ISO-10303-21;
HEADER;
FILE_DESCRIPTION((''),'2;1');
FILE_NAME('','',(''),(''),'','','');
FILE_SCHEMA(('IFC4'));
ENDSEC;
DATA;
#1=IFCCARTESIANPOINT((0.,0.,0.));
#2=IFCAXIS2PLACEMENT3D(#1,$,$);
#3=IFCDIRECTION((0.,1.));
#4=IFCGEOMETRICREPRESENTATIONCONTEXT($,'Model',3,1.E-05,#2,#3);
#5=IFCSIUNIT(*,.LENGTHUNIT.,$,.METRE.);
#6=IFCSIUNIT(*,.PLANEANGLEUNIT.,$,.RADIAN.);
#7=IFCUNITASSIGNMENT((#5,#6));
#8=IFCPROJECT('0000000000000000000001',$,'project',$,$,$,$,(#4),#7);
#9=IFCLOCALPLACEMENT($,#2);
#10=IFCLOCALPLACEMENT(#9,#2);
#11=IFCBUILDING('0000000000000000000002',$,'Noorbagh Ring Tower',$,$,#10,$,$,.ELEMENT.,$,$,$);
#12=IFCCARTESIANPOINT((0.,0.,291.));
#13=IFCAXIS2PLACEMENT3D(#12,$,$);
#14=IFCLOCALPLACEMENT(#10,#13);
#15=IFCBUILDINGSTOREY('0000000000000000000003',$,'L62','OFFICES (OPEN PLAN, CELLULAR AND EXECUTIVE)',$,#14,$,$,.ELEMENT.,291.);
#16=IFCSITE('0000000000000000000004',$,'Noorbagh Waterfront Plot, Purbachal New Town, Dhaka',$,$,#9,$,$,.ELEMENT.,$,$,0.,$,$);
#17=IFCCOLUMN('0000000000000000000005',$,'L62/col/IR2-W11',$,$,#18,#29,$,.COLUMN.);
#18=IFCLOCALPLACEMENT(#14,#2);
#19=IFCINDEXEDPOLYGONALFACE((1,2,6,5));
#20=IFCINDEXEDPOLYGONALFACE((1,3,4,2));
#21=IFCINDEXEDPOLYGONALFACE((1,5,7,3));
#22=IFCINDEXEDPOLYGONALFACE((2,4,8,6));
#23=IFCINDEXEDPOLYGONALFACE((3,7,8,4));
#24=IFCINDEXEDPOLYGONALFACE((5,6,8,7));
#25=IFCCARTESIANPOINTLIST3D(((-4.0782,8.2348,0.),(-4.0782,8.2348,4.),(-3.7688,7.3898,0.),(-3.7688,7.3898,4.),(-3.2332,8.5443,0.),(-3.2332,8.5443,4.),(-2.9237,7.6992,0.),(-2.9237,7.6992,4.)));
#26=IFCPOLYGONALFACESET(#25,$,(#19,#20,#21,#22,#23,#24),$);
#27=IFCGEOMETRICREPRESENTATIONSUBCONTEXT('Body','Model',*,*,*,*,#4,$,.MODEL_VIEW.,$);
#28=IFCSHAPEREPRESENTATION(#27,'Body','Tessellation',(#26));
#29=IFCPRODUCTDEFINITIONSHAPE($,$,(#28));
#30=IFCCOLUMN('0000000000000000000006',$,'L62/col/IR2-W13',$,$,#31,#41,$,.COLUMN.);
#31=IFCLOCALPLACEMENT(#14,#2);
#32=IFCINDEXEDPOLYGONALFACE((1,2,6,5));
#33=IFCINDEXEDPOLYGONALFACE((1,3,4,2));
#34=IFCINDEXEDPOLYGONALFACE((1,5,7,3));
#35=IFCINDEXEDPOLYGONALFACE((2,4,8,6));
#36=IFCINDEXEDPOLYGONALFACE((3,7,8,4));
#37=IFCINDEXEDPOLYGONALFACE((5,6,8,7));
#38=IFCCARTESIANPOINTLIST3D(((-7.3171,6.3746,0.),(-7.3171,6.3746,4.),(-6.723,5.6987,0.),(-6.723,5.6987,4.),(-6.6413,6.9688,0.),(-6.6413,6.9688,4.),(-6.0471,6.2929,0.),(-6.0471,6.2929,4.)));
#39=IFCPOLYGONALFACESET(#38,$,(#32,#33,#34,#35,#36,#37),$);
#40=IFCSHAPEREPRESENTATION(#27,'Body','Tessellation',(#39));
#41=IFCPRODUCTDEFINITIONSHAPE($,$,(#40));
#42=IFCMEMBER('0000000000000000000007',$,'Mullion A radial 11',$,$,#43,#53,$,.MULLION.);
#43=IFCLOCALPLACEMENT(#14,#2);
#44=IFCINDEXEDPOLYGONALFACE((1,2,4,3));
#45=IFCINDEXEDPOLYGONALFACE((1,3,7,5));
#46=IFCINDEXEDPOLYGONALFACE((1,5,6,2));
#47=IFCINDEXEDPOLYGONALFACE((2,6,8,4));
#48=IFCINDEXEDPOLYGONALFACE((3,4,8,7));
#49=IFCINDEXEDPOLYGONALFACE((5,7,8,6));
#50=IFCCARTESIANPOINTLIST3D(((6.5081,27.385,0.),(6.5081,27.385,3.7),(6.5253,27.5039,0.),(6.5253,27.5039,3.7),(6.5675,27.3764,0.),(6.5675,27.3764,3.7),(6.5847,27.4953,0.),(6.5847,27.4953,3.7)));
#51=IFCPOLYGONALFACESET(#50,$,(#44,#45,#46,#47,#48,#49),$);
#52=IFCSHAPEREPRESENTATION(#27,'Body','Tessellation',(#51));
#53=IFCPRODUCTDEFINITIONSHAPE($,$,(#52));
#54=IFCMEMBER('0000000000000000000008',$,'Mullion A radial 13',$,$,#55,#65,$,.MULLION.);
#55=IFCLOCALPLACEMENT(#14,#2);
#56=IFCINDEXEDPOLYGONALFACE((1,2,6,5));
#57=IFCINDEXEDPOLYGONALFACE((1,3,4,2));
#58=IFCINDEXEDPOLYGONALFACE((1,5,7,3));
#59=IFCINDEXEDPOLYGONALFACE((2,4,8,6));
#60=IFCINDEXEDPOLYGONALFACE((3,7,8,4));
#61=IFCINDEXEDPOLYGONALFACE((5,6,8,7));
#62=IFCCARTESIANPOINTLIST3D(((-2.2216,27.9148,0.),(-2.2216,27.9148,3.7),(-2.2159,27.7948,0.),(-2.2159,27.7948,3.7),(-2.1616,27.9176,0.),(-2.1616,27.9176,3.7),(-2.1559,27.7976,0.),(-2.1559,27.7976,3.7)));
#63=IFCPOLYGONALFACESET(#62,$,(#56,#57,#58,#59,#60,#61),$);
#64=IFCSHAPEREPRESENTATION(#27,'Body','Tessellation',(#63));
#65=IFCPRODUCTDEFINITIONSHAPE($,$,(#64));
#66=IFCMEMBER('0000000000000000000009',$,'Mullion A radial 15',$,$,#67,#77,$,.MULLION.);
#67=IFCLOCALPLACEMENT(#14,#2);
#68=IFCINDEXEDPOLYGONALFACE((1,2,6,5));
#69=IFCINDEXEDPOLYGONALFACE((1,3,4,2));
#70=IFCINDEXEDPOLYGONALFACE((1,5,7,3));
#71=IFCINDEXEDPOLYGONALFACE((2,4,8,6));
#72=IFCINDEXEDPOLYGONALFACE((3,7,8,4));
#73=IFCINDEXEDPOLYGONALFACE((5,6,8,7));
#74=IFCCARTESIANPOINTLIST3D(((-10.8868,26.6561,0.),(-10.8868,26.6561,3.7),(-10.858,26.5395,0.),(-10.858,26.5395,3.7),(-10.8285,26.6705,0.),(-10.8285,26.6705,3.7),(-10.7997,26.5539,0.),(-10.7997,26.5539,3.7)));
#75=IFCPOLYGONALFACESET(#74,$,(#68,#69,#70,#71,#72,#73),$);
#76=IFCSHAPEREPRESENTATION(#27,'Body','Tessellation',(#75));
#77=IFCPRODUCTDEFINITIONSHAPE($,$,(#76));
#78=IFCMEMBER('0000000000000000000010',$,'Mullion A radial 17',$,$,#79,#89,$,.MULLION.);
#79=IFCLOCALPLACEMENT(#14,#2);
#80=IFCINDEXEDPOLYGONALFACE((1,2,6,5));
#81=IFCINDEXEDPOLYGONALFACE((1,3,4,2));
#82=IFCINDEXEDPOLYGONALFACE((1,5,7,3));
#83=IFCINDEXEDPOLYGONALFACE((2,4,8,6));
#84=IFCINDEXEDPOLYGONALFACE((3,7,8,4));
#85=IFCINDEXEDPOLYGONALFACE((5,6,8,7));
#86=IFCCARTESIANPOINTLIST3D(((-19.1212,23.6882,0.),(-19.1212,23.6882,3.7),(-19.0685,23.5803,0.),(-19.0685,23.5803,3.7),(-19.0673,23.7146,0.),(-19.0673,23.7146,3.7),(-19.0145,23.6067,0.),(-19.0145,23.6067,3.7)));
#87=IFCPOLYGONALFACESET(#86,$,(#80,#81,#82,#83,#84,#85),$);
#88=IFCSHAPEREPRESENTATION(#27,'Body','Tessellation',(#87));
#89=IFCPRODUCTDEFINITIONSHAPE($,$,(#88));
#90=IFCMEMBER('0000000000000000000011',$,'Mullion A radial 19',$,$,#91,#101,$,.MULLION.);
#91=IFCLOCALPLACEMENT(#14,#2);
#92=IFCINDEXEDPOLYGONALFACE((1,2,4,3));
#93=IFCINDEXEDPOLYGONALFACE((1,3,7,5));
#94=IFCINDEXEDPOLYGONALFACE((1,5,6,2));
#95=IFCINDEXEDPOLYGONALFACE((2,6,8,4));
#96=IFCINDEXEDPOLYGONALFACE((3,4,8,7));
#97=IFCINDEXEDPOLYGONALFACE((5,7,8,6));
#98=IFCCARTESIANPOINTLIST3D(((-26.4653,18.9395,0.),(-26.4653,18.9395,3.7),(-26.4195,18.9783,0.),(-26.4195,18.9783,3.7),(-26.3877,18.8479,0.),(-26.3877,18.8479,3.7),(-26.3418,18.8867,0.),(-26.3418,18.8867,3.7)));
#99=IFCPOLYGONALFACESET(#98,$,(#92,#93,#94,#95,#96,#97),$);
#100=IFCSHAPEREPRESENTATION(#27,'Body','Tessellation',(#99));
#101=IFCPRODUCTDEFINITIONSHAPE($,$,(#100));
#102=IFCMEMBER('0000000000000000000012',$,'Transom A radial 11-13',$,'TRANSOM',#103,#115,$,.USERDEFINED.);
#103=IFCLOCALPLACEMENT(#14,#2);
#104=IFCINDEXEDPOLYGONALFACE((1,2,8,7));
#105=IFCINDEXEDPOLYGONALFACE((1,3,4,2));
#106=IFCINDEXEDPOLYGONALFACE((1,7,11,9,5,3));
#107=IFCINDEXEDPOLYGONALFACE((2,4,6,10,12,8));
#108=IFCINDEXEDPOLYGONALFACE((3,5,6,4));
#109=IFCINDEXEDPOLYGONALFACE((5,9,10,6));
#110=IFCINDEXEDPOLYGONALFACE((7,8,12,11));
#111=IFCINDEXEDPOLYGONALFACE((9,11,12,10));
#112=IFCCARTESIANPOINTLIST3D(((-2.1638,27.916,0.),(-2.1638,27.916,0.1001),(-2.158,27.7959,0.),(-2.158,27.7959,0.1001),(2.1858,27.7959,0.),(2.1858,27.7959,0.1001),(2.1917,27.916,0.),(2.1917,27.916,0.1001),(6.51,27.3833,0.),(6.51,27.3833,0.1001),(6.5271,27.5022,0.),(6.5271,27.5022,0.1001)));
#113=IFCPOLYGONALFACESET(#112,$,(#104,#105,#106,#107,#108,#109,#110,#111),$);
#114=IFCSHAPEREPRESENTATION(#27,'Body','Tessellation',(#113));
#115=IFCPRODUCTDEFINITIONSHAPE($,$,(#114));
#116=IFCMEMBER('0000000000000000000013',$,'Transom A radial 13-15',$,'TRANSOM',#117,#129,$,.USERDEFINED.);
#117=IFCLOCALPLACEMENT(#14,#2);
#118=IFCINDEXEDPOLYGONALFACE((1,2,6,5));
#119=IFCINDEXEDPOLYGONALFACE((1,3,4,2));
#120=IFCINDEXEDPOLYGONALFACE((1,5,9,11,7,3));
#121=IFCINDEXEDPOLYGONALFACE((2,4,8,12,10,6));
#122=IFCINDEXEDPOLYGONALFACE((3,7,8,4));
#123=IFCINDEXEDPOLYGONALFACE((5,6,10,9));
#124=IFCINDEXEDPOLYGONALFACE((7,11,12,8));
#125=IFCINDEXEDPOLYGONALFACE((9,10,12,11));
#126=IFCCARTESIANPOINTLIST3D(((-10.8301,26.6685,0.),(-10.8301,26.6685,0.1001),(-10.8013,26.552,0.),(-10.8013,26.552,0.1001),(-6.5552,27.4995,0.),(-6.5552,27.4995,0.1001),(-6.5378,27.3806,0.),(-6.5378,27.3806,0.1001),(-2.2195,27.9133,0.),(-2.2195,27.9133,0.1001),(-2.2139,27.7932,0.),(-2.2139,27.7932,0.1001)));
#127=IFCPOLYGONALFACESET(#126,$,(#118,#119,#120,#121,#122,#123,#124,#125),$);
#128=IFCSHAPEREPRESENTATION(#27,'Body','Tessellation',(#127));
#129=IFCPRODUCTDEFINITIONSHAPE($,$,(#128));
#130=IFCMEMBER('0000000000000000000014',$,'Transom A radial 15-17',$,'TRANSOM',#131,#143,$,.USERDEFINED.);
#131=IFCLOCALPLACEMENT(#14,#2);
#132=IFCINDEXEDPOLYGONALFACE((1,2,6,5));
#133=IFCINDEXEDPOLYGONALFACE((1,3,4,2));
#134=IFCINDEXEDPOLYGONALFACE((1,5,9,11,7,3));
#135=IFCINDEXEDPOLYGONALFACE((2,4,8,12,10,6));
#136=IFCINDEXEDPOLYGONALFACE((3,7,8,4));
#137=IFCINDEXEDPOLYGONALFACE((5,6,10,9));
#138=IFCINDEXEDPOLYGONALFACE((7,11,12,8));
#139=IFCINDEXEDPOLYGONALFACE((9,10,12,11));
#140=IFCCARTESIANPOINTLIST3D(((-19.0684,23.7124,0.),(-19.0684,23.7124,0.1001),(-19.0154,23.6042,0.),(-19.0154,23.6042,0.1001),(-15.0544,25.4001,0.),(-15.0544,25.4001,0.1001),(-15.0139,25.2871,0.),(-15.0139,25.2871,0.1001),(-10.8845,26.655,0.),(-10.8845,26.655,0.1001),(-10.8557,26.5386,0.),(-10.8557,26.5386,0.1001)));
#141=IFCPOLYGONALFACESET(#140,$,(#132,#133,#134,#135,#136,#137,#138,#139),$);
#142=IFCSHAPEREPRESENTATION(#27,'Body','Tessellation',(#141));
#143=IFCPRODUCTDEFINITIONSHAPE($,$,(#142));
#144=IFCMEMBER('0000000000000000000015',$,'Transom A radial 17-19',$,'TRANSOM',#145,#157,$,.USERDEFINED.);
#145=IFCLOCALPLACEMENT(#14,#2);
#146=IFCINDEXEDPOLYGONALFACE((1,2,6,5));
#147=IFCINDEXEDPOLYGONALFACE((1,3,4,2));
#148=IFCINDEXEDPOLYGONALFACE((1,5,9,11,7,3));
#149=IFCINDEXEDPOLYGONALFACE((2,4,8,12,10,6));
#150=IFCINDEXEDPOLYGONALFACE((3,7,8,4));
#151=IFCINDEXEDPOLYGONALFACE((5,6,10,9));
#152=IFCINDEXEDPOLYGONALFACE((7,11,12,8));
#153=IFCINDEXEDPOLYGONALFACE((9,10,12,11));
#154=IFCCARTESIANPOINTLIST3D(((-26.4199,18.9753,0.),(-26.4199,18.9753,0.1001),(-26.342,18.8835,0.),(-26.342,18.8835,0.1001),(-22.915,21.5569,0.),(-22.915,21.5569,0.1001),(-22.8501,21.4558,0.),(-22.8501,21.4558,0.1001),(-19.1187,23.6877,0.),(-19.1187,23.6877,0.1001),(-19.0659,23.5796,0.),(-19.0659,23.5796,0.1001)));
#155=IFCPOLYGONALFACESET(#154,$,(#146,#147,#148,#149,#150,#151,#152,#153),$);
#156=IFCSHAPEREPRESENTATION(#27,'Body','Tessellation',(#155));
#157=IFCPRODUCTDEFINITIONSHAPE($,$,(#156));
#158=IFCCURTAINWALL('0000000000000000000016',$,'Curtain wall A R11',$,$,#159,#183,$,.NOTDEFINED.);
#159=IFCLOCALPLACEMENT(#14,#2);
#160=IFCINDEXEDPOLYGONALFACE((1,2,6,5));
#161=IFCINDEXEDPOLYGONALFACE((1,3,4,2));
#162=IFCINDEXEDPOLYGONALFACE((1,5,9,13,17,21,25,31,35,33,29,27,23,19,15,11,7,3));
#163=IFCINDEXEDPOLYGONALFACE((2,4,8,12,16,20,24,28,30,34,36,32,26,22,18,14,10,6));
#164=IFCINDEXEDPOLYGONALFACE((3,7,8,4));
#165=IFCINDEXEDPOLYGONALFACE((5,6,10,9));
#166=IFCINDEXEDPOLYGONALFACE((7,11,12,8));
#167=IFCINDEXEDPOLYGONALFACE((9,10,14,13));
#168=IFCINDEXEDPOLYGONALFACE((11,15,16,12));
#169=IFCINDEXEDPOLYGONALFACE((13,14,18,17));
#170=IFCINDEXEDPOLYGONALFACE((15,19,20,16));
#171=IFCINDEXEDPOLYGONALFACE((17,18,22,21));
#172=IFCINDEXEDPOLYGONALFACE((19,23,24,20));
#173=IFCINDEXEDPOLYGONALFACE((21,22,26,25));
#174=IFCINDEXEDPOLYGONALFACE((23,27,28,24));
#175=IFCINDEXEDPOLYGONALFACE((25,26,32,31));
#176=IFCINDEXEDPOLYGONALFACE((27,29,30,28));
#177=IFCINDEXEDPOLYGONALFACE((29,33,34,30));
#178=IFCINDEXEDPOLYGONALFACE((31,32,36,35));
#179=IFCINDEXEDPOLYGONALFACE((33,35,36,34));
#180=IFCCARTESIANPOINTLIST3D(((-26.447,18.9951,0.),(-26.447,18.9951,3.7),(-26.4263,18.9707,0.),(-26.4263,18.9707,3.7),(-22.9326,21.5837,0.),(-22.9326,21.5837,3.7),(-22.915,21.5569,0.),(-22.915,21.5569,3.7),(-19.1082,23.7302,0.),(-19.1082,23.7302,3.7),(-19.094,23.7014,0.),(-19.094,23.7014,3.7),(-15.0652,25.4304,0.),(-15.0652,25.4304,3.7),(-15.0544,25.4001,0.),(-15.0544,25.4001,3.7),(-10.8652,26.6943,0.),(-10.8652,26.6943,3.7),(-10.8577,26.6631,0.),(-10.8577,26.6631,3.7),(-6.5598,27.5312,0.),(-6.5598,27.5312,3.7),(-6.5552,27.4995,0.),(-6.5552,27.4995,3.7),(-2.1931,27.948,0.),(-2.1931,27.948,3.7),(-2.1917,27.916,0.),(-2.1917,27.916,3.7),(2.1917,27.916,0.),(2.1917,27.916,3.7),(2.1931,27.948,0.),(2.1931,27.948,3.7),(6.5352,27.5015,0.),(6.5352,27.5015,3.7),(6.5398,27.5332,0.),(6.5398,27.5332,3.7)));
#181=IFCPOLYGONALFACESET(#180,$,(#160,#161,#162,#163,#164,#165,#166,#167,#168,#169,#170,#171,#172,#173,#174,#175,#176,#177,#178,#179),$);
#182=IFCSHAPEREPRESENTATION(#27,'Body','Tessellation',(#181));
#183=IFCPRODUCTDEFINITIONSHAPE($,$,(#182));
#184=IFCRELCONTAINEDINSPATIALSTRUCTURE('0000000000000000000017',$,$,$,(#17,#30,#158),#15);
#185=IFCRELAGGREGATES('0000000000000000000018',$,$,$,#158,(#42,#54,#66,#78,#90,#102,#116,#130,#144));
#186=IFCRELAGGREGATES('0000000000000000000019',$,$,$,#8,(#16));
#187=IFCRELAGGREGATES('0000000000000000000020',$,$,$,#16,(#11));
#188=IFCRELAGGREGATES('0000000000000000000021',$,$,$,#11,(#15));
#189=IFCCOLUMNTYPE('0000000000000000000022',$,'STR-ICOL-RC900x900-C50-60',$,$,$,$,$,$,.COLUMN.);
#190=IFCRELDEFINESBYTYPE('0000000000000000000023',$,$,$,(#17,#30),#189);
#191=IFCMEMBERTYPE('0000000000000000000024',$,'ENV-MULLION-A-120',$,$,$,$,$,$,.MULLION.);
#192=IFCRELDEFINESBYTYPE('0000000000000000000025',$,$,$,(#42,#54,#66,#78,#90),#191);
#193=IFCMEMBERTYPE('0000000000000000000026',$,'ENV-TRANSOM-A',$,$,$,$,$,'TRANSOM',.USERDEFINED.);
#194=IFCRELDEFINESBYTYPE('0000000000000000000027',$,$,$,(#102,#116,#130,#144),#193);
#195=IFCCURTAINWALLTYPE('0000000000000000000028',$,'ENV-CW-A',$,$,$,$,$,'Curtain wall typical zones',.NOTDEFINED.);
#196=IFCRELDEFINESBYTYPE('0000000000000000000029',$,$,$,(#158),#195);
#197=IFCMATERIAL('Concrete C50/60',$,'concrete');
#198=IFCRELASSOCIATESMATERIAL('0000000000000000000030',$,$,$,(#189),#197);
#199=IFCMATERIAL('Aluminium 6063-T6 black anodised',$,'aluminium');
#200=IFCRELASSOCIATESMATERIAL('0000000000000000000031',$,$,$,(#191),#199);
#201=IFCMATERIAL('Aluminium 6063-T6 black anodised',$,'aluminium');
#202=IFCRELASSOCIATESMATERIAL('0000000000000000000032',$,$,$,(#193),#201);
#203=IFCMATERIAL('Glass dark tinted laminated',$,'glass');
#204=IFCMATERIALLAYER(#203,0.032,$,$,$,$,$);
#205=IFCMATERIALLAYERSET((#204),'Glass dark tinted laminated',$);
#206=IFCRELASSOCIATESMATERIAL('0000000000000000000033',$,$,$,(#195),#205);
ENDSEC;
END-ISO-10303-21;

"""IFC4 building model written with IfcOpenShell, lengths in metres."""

from ifc_helpers import new_model, si_unit, direction, frame, origin, origin_2d, place, context, subcontext, project, spatial, polyline, rectangle, outline, extrude, material, layer, layer_set, material_profile, profile_set, type_object, element, aggregate, save


model = new_model("IFC4")

# Units and contexts
model_context = context("Model", 3, precision=1e-05, world=origin(), true_north=direction((0.0, 1.0)))
body_context = subcontext(model_context, "Body", "Model", "MODEL_VIEW")
ifc_project = project(units=[si_unit("LENGTHUNIT", "METRE"), si_unit("PLANEANGLEUNIT", "RADIAN")], contexts=[model_context])

# Site, building, storey
site_placement = place(None, origin())
site = spatial("IfcSite", under=ifc_project, at=site_placement, Name="Noorbagh Waterfront Plot, Purbachal New Town, Dhaka", CompositionType="ELEMENT", RefElevation=0.0)
building_placement = place(site_placement, origin())
building = spatial("IfcBuilding", under=site, at=building_placement, Name="Noorbagh Ring Tower", CompositionType="ELEMENT")
storey_placement = place(building_placement, frame((0.0, 0.0, 291.0)))
storey = spatial("IfcBuildingStorey", under=building, at=storey_placement, Name="L62", Description="OFFICES (OPEN PLAN, CELLULAR AND EXECUTIVE)", CompositionType="ELEMENT", Elevation=291.0)

# Columns
ifc_material_1 = material(Name="Concrete C50/60", Category="concrete")
ifc_material_profile_1 = material_profile(ifc_material_1, rectangle(XDim=0.8999, YDim=0.8999, at=origin_2d()), Name="RC900x900")
ifc_profile_set_1 = profile_set([ifc_material_profile_1], Name="Concrete C50/60")
column_type = type_object("IfcColumnType", Name="STR-ICOL-RC900x900-C50-60", PredefinedType="COLUMN", material=ifc_profile_set_1)
for number, where, z_axis, x_axis, name in (
    (1, (-3.501, 7.967, 0.0), (0.0, 0.0, 1.0), (-0.93902, -0.343864, 0.0), "L62/col/IR2-W11"),
    (2, (-6.6821, 6.3337, 0.0), (0.0, 0.0, 1.0), (-0.751022, -0.660277, 0.0), "L62/col/IR2-W13"),
):
    element("IfcColumn", number, at=place(storey_placement, frame(where, z_axis=z_axis, x_axis=x_axis)), inside=storey, type_object=column_type, Name=name, PredefinedType="COLUMN", context=body_context, shape_type="SweptSolid", body=[
        extrude(rectangle(XDim=0.8999, YDim=0.8999, at=origin_2d()), origin(), (0.0, 0.0, 1.0), 4.0),
    ])

# Members
ifc_material_2 = material(Name="Aluminium 6063-T6 black anodised", Category="aluminium")
ifc_material_profile_2 = material_profile(ifc_material_2, rectangle(XDim=0.1201, YDim=0.0601, at=origin_2d()), Name="120x60")
ifc_profile_set_2 = profile_set([ifc_material_profile_2], Name="Aluminium 6063-T6 black anodised")
member_type_1 = type_object("IfcMemberType", Name="ENV-MULLION-A-120", PredefinedType="MULLION", material=ifc_profile_set_2)
member_1_placement = place(storey_placement, frame((6.5464, 27.4402, 0.0), z_axis=(0.0, 0.0, 1.0), x_axis=(-0.143082, -0.989711, 0.0)))
member_1 = element("IfcMember", 3, at=member_1_placement, type_object=member_type_1, Name="Mullion A radial 11", PredefinedType="MULLION", context=body_context, shape_type="SweptSolid", body=[
    extrude(rectangle(XDim=0.1201, YDim=0.0601, at=origin_2d()), origin(), (0.0, 0.0, 1.0), 3.7),
])
member_2_placement = place(storey_placement, frame((-2.1887, 27.8562, 0.0), z_axis=(0.0, 0.0, 1.0), x_axis=(0.047558, -0.998868, 0.0)))
member_2 = element("IfcMember", 4, at=member_2_placement, type_object=member_type_1, Name="Mullion A radial 13", PredefinedType="MULLION", context=body_context, shape_type="SweptSolid", body=[
    extrude(rectangle(XDim=0.1201, YDim=0.0601, at=origin_2d()), origin(), (0.0, 0.0, 1.0), 3.7),
])
member_3_placement = place(storey_placement, frame((-10.8433, 26.605, 0.0), z_axis=(0.0, 0.0, 1.0), x_axis=(0.239799, -0.970823, 0.0)))
member_3 = element("IfcMember", 5, at=member_3_placement, type_object=member_type_1, Name="Mullion A radial 15", PredefinedType="MULLION", context=body_context, shape_type="SweptSolid", body=[
    extrude(rectangle(XDim=0.1201, YDim=0.0601, at=origin_2d()), origin(), (0.0, 0.0, 1.0), 3.7),
])
member_4_placement = place(storey_placement, frame((-19.0679, 23.6475, 0.0), z_axis=(0.0, 0.0, 1.0), x_axis=(0.439238, -0.898371, 0.0)))
member_4 = element("IfcMember", 6, at=member_4_placement, type_object=member_type_1, Name="Mullion A radial 17", PredefinedType="MULLION", context=body_context, shape_type="SweptSolid", body=[
    extrude(rectangle(XDim=0.1201, YDim=0.0601, at=origin_2d()), origin(), (0.0, 0.0, 1.0), 3.7),
])
member_5_placement = place(storey_placement, frame((-26.4036, 18.9131, 0.0), z_axis=(0.0, 0.0, 1.0), x_axis=(0.646451, -0.762955, 0.0)))
member_5 = element("IfcMember", 7, at=member_5_placement, type_object=member_type_1, Name="Mullion A radial 19", PredefinedType="MULLION", context=body_context, shape_type="SweptSolid", body=[
    extrude(rectangle(XDim=0.1201, YDim=0.0601, at=origin_2d()), origin(), (0.0, 0.0, 1.0), 3.7),
])
ifc_material_3 = material(Name="Aluminium 6063-T6 black anodised", Category="aluminium")
member_type_2 = type_object("IfcMemberType", Name="ENV-TRANSOM-A", ElementType="TRANSOM", PredefinedType="USERDEFINED", material=ifc_material_3)
member_6_placement = place(storey_placement, origin())
member_6 = element("IfcMember", 8, at=member_6_placement, type_object=member_type_2, Name="Transom A radial 11-13", ObjectType="TRANSOM", PredefinedType="USERDEFINED", context=body_context, shape_type="SweptSolid", body=[
    extrude(outline(polyline([(6.5271, 27.5022), (2.1917, 27.916), (-2.1638, 27.916), (-2.158, 27.7959), (2.1858, 27.7959), (6.51, 27.3833), (6.5271, 27.5022)])), origin(), (0.0, 0.0, 1.0), 0.1001),
])
member_7_placement = place(storey_placement, origin())
member_7 = element("IfcMember", 9, at=member_7_placement, type_object=member_type_2, Name="Transom A radial 13-15", ObjectType="TRANSOM", PredefinedType="USERDEFINED", context=body_context, shape_type="SweptSolid", body=[
    extrude(outline(polyline([(-2.2195, 27.9133), (-6.5552, 27.4995), (-10.8301, 26.6685), (-10.8013, 26.552), (-6.5378, 27.3806), (-2.2139, 27.7932), (-2.2195, 27.9133)])), origin(), (0.0, 0.0, 1.0), 0.1001),
])
member_8_placement = place(storey_placement, origin())
member_8 = element("IfcMember", 10, at=member_8_placement, type_object=member_type_2, Name="Transom A radial 15-17", ObjectType="TRANSOM", PredefinedType="USERDEFINED", context=body_context, shape_type="SweptSolid", body=[
    extrude(outline(polyline([(-10.8845, 26.655), (-15.0544, 25.4001), (-19.0684, 23.7124), (-19.0154, 23.6042), (-15.0139, 25.2871), (-10.8557, 26.5386), (-10.8845, 26.655)])), origin(), (0.0, 0.0, 1.0), 0.1001),
])
member_9_placement = place(storey_placement, origin())
member_9 = element("IfcMember", 11, at=member_9_placement, type_object=member_type_2, Name="Transom A radial 17-19", ObjectType="TRANSOM", PredefinedType="USERDEFINED", context=body_context, shape_type="SweptSolid", body=[
    extrude(outline(polyline([(-19.1187, 23.6877), (-22.915, 21.5569), (-26.4199, 18.9753), (-26.342, 18.8835), (-22.8501, 21.4558), (-19.0659, 23.5796), (-19.1187, 23.6877)])), origin(), (0.0, 0.0, 1.0), 0.1001),
])

# Curtain wall
ifc_material_4 = material(Name="Glass dark tinted laminated", Category="glass")
ifc_layer_1 = layer(ifc_material_4, 0.032)
ifc_layer_set_1 = layer_set([ifc_layer_1], Name="Glass dark tinted laminated")
curtain_wall_type = type_object("IfcCurtainWallType", Name="ENV-CW-A", ElementType="Curtain wall typical zones", PredefinedType="NOTDEFINED", material=ifc_layer_set_1)
curtain_wall_1_placement = place(storey_placement, origin())
curtain_wall_1 = element("IfcCurtainWall", 12, at=curtain_wall_1_placement, inside=storey, type_object=curtain_wall_type, Name="Curtain wall A R11", PredefinedType="NOTDEFINED", context=body_context, shape_type="SweptSolid", body=[
    extrude(outline(polyline([(6.5398, 27.5332), (2.1931, 27.948), (-2.1931, 27.948), (-6.5598, 27.5312), (-10.8652, 26.6943), (-15.0652, 25.4304), (-19.1082, 23.7302), (-22.9326, 21.5837), (-26.447, 18.9951), (-26.4263, 18.9707), (-22.915, 21.5569), (-19.094, 23.7014), (-15.0544, 25.4001), (-10.8577, 26.6631), (-6.5552, 27.4995), (-2.1917, 27.916), (2.1917, 27.916), (6.5352, 27.5015), (6.5398, 27.5332)])), origin(), (0.0, 0.0, 1.0), 3.7),
])
aggregate(curtain_wall_1, [member_1, member_2, member_3, member_4, member_5, member_6, member_7, member_8, member_9])

save(model, "model.ifc")
